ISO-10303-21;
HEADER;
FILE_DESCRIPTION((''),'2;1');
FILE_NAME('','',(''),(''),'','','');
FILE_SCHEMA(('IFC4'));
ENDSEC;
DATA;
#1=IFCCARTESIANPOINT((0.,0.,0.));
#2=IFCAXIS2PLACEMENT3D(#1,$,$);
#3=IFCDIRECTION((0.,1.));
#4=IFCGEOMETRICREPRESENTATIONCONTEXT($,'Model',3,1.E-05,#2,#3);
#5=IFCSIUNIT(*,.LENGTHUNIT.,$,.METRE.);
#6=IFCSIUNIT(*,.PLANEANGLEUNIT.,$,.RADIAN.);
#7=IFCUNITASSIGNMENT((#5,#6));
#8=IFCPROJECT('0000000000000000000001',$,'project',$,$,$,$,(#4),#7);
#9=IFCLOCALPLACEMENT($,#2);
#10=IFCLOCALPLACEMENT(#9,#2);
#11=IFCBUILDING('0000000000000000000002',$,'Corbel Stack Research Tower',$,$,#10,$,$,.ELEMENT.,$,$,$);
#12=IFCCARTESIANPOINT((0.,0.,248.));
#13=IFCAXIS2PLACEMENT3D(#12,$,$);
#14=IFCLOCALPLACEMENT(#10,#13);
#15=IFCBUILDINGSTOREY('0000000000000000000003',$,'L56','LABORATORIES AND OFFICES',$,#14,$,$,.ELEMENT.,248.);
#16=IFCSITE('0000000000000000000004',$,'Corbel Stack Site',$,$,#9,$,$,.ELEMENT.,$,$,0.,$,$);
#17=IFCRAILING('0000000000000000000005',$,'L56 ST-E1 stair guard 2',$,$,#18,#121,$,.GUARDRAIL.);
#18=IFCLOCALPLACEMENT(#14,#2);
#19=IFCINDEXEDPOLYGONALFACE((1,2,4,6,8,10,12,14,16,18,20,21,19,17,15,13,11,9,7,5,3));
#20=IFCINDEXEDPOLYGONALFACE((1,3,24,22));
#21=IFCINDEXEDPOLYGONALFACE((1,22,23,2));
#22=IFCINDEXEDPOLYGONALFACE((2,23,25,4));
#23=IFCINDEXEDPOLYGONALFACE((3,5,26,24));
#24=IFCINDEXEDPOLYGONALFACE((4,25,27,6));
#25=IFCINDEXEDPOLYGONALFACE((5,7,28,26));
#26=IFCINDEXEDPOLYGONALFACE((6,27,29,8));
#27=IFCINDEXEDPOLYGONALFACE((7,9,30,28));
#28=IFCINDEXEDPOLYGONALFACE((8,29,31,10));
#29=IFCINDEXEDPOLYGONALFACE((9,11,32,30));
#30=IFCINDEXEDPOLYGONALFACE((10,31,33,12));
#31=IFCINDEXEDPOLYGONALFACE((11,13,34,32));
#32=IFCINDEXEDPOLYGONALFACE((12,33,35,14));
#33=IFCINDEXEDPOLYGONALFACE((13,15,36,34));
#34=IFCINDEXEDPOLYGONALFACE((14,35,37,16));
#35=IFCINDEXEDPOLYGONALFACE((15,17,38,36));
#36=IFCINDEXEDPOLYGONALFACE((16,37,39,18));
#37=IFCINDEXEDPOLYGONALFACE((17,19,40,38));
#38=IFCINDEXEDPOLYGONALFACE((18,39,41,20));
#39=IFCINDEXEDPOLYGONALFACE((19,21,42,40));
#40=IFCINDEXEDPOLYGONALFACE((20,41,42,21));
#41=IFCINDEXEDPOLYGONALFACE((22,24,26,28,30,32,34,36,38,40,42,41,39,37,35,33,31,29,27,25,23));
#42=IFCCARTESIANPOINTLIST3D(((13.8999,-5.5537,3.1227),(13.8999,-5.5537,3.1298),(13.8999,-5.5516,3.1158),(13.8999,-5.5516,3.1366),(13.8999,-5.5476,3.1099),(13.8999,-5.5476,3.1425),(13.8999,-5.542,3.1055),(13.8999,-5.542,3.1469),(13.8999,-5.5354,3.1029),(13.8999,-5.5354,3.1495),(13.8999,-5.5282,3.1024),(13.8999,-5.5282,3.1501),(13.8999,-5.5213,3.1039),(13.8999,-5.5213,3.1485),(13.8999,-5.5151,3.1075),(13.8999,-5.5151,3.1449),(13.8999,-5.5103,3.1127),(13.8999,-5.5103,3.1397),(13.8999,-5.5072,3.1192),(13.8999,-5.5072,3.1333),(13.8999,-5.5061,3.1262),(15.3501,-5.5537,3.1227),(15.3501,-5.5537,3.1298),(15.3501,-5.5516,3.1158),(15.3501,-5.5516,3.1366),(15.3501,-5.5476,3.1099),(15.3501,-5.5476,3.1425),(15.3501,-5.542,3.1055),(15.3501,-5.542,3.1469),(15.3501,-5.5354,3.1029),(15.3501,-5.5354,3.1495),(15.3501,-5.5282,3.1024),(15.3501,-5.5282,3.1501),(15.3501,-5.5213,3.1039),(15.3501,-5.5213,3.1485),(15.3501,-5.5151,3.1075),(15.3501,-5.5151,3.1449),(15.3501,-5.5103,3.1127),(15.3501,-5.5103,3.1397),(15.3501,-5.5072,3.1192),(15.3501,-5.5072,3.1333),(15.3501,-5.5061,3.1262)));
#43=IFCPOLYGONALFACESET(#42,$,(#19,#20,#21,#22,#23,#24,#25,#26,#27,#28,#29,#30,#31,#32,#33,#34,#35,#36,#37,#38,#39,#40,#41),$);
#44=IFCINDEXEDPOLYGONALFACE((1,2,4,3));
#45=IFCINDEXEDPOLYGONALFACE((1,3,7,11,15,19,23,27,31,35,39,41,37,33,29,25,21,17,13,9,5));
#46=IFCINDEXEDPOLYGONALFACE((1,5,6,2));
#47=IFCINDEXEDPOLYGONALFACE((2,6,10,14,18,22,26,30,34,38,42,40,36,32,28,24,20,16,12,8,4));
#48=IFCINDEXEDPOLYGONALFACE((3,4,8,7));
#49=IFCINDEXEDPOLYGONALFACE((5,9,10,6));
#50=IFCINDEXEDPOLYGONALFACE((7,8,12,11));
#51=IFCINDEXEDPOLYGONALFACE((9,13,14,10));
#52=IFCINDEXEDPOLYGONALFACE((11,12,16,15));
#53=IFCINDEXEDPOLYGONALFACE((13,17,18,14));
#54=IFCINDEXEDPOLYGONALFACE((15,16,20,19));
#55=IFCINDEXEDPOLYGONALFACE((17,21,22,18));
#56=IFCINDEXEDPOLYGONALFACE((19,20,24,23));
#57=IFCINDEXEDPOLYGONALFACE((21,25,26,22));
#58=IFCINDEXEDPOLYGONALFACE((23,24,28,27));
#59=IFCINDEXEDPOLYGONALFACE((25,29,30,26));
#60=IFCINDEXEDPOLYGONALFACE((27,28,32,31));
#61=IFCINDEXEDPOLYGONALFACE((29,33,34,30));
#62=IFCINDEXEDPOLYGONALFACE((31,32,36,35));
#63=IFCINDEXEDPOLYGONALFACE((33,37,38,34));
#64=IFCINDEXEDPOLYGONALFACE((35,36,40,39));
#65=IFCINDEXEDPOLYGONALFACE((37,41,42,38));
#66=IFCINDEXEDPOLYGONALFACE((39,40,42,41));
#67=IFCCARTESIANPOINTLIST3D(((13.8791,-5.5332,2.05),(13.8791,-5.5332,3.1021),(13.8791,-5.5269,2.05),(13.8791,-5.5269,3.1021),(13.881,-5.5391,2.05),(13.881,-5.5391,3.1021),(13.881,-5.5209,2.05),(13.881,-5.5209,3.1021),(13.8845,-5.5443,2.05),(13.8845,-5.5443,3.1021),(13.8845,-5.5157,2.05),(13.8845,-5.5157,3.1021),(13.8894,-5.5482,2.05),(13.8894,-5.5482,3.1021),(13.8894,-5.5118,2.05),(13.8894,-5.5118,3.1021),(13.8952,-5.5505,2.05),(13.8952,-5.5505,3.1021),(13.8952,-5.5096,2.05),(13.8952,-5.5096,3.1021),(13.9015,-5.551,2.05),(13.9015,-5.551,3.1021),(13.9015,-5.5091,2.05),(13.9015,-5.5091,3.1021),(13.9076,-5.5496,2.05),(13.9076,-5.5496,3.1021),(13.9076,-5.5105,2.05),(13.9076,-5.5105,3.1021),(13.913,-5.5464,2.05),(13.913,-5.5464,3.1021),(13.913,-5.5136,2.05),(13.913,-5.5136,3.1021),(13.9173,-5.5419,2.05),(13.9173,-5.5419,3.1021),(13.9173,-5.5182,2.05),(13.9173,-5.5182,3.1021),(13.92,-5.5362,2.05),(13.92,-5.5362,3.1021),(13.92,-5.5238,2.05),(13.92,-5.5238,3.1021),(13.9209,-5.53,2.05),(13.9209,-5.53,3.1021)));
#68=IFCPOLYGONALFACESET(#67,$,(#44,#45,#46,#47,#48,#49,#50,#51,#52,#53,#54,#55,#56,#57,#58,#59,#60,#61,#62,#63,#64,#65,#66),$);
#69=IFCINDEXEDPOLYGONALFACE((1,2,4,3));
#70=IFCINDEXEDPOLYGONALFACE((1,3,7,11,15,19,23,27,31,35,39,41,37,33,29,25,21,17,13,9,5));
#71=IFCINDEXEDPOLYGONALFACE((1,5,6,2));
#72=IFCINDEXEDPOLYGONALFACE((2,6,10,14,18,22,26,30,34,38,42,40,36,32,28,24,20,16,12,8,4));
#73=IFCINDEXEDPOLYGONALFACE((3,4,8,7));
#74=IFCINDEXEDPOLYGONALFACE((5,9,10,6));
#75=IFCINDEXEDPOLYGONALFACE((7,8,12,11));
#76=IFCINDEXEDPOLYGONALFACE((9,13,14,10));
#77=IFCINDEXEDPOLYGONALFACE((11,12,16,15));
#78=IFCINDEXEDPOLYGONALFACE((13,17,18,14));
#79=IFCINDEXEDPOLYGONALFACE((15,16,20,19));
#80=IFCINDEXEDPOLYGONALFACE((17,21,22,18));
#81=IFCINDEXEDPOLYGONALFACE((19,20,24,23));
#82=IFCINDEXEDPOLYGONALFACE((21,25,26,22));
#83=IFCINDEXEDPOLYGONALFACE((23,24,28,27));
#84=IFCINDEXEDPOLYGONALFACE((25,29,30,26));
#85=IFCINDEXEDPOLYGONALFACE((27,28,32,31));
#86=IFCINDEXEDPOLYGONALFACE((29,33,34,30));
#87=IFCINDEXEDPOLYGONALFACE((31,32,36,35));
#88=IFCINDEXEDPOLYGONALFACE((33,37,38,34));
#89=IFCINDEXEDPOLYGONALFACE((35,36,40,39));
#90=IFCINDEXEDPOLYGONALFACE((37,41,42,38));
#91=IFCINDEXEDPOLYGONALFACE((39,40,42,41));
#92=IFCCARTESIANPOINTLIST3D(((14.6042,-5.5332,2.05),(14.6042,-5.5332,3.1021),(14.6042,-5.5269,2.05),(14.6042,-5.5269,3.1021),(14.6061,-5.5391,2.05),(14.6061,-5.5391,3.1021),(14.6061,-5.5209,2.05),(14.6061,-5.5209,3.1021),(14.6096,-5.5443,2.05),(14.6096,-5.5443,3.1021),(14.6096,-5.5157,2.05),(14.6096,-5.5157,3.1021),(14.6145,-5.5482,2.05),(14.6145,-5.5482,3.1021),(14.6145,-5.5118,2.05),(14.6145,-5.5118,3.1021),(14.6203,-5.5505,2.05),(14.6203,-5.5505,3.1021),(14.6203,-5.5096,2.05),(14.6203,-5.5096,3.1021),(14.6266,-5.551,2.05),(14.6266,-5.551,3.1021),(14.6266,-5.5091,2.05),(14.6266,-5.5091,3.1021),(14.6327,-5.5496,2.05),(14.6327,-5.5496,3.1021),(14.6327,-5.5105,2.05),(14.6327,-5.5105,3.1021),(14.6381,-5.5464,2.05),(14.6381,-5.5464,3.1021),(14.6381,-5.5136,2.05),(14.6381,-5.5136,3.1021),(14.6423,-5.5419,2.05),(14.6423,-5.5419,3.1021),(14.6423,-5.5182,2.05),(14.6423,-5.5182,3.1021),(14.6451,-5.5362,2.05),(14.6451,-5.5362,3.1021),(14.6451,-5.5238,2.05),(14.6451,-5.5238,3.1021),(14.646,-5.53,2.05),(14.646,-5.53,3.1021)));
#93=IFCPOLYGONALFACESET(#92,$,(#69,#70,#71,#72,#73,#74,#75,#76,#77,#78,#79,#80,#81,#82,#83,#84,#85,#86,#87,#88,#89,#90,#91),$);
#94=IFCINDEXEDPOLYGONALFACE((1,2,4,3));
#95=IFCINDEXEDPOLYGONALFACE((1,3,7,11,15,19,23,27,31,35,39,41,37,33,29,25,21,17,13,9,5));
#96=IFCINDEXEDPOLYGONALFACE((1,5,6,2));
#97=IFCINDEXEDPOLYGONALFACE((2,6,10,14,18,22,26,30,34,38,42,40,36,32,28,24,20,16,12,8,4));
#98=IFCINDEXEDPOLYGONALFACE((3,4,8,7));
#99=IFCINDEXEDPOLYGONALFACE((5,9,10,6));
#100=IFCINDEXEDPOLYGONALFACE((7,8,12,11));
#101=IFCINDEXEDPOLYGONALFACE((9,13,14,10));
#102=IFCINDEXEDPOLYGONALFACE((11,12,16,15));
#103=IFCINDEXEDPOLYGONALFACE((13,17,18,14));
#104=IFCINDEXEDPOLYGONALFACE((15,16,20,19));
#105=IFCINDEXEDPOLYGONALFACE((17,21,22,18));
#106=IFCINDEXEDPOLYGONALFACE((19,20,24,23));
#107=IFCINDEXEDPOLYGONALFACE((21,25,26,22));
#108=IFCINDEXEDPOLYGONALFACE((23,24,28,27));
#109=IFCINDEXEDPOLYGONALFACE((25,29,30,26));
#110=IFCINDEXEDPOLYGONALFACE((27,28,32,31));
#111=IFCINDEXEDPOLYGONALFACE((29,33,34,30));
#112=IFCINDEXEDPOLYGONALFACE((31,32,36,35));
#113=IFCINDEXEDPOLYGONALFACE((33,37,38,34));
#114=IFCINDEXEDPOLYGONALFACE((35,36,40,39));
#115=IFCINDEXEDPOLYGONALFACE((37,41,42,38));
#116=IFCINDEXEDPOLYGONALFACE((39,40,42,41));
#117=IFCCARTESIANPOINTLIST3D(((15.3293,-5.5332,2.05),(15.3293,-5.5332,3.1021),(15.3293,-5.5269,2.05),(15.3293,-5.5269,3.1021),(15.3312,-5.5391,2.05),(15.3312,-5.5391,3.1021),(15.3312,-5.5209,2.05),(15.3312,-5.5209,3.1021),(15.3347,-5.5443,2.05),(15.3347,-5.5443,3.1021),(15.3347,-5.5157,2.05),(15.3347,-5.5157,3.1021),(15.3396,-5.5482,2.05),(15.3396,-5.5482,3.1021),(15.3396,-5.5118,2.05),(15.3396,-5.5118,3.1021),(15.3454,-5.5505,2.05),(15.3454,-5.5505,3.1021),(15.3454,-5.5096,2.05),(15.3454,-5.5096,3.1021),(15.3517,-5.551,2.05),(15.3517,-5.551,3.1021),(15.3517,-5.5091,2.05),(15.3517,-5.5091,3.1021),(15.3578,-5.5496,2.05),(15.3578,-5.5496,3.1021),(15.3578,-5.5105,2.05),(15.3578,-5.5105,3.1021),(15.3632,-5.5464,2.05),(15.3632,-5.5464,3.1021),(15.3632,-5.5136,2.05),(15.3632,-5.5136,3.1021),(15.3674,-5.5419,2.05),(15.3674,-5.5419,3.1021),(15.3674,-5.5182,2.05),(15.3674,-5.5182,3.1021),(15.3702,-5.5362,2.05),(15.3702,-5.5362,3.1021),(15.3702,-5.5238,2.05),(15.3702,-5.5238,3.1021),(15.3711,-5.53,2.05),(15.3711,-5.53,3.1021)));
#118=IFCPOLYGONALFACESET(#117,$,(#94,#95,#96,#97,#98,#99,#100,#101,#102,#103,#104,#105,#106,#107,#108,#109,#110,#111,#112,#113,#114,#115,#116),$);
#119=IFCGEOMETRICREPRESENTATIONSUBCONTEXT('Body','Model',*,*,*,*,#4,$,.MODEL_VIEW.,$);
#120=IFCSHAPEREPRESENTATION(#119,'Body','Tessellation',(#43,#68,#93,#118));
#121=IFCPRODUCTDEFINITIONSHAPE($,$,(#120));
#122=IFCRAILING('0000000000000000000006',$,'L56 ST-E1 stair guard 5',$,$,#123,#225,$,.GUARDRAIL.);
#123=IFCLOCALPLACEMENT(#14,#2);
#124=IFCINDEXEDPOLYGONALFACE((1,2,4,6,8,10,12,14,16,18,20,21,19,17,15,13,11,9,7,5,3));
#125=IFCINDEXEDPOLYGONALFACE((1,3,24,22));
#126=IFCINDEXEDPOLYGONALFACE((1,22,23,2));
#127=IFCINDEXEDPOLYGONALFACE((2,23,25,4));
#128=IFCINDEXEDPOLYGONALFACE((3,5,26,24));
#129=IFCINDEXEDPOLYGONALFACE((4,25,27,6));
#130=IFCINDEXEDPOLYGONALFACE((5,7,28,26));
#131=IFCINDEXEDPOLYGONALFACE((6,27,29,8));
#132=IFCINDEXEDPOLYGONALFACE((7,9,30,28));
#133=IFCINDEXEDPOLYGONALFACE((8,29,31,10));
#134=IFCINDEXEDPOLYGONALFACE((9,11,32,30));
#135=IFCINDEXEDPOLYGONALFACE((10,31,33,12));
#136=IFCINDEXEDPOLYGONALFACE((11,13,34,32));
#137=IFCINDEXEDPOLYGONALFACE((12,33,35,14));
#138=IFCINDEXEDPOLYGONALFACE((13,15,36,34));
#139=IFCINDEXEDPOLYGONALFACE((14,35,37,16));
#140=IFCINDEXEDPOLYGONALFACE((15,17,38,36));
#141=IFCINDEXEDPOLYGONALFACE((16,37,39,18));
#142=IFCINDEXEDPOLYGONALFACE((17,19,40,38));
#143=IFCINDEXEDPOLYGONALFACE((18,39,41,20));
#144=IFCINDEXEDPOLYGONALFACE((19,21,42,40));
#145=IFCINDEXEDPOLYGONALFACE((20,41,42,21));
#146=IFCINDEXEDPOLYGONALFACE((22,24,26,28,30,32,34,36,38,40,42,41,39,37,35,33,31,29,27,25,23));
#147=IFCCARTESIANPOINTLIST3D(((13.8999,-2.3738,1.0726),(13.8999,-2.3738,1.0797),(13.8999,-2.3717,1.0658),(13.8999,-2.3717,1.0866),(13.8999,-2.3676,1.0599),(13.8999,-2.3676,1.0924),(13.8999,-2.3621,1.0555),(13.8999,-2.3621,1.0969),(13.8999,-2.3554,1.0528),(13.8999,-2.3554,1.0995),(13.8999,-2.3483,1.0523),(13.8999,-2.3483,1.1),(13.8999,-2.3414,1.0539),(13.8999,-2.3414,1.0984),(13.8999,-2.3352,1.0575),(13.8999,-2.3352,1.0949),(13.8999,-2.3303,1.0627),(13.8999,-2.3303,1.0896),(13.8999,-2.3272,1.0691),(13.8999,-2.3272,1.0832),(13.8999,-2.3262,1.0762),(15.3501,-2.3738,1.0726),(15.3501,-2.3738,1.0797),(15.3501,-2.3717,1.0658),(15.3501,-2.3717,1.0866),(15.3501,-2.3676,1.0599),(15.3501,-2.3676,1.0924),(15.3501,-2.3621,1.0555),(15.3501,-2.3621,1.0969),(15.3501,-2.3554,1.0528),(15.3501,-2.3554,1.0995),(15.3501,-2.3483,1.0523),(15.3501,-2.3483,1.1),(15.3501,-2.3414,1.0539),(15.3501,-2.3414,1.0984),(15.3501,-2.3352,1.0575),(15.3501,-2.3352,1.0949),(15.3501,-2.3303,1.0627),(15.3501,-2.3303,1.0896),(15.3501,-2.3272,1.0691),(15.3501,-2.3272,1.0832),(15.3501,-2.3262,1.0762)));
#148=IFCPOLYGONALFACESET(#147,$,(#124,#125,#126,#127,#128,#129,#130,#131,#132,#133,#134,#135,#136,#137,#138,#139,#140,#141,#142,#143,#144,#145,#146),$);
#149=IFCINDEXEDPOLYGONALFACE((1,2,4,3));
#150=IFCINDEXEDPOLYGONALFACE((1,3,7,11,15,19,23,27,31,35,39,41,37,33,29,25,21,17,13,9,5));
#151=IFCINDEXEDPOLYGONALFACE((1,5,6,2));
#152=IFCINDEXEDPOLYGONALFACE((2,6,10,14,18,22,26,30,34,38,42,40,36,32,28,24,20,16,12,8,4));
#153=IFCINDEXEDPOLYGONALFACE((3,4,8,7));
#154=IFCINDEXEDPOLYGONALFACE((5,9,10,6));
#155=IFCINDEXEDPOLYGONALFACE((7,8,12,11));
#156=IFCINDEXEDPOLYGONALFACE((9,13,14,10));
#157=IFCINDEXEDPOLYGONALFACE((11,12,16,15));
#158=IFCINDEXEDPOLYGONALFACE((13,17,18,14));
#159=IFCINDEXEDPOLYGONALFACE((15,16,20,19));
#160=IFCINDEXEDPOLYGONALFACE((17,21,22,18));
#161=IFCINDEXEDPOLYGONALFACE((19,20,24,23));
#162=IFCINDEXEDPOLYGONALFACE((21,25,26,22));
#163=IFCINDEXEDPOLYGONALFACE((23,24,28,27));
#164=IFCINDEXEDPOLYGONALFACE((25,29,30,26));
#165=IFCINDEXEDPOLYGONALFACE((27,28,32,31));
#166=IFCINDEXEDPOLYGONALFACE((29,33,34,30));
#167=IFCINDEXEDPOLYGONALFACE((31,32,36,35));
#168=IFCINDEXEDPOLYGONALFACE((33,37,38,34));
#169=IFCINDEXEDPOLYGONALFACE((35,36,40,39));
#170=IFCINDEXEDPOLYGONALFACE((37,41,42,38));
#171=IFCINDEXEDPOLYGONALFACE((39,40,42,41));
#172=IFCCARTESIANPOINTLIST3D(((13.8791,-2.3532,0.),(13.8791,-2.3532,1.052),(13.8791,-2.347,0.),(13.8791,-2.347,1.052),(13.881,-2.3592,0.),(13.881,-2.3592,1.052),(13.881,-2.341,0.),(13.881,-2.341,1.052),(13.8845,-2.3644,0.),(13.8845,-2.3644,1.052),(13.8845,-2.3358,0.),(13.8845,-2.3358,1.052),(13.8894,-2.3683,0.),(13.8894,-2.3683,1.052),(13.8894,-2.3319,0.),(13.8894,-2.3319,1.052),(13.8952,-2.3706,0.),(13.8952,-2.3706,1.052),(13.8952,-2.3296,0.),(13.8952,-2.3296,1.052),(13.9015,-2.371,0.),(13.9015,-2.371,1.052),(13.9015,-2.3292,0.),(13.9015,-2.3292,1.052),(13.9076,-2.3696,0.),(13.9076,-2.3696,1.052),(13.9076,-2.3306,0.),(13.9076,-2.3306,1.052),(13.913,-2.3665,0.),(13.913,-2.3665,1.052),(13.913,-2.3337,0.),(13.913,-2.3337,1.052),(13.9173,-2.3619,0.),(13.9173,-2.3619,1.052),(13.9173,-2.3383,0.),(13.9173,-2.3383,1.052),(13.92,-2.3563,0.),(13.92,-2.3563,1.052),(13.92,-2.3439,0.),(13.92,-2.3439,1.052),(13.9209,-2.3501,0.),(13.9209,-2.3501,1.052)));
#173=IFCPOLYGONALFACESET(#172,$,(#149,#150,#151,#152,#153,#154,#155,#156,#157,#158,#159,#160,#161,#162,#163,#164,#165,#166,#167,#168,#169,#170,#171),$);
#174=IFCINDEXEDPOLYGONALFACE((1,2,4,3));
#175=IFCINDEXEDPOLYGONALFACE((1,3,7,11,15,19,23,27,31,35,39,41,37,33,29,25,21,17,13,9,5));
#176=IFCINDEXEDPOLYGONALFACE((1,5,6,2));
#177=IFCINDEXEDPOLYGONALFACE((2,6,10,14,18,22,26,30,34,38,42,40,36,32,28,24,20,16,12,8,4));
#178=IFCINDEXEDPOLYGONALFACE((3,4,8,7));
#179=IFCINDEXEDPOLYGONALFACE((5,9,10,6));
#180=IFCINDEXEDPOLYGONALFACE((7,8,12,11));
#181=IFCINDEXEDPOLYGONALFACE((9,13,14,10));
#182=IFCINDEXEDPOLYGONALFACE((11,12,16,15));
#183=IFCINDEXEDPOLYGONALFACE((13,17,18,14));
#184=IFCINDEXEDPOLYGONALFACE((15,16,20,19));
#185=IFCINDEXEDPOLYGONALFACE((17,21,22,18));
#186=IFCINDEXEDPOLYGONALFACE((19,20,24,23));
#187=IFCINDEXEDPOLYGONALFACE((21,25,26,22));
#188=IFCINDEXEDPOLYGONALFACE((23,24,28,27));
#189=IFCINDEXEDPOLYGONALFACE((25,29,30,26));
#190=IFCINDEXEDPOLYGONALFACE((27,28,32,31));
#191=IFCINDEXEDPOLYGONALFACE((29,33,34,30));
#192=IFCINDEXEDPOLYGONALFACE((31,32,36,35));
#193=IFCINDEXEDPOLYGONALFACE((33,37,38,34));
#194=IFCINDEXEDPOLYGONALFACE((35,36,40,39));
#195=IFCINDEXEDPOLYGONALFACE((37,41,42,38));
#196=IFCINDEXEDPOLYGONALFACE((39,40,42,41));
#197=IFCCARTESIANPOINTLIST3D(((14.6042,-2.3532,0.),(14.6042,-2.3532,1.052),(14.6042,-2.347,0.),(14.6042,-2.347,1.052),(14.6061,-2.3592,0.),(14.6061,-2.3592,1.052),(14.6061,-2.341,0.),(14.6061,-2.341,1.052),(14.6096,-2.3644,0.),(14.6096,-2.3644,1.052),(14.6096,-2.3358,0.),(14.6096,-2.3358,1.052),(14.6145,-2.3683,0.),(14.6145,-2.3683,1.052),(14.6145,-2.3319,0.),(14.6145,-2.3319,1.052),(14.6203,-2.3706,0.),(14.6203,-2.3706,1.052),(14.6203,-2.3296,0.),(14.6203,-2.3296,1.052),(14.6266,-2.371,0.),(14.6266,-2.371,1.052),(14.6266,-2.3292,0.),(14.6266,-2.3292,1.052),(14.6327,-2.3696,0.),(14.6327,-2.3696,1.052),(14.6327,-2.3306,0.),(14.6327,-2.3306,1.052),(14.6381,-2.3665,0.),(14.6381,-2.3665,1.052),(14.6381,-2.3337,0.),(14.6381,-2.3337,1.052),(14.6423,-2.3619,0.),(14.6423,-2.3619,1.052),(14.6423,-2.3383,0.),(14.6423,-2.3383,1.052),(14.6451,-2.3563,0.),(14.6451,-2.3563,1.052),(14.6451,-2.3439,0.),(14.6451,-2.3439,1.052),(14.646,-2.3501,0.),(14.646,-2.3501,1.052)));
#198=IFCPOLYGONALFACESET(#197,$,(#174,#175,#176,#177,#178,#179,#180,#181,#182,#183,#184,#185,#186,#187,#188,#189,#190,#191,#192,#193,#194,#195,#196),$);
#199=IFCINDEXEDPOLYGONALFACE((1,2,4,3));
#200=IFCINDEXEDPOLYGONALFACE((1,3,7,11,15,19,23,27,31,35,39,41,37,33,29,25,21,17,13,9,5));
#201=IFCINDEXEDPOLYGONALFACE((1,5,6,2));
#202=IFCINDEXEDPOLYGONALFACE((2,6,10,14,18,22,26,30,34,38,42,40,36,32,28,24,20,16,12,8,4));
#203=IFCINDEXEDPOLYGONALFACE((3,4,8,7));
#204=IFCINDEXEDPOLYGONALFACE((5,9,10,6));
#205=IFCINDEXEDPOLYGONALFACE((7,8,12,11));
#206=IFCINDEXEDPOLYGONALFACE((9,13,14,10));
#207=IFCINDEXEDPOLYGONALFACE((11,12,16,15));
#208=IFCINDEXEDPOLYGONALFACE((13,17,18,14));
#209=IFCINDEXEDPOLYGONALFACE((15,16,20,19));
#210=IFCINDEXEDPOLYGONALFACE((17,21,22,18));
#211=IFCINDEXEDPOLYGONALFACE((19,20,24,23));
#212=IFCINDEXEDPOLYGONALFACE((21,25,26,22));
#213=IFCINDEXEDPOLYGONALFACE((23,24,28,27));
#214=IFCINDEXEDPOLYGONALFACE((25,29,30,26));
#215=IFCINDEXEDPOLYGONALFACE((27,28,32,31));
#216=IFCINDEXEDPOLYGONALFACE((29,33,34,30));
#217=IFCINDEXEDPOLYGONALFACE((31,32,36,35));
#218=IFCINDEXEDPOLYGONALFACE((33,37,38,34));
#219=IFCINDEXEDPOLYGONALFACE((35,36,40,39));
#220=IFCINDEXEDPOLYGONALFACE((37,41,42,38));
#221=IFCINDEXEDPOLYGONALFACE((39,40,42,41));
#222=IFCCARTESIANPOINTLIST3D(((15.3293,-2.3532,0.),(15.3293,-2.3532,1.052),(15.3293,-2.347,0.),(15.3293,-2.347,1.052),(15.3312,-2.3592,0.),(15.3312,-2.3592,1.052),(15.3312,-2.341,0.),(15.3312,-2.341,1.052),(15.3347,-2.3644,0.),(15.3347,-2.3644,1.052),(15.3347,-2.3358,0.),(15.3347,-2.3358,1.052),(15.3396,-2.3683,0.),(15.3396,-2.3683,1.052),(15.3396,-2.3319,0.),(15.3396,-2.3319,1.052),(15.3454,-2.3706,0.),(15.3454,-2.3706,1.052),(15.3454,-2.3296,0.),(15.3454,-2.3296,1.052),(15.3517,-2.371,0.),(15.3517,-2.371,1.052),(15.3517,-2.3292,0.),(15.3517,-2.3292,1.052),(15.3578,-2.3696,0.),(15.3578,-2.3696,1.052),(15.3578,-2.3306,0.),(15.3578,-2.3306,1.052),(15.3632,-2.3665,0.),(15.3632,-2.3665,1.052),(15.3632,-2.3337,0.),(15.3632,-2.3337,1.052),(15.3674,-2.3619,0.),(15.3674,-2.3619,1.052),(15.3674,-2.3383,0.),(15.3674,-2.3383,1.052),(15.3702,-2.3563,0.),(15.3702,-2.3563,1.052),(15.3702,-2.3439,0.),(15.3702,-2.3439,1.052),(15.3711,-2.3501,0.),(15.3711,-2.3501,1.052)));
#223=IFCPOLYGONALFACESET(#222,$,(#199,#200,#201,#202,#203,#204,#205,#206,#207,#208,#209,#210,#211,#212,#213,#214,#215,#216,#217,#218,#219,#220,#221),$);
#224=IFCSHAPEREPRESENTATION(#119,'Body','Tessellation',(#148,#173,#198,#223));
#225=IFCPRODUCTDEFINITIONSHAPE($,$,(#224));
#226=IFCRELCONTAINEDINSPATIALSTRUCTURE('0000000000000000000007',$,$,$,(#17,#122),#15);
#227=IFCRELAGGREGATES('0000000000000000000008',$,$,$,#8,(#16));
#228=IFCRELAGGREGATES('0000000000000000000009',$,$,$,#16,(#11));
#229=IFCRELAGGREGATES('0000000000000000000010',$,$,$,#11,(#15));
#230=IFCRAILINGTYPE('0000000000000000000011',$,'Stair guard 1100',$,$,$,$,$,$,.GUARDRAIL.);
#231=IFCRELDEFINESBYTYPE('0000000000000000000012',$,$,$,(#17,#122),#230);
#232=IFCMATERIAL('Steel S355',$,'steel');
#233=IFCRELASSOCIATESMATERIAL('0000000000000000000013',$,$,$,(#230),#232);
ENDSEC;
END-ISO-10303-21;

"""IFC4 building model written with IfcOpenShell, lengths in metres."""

from ifc_helpers import new_model, si_unit, direction, frame, origin, origin_2d, place, context, subcontext, project, spatial, circle, extrude, material, type_object, element, save


model = new_model("IFC4")

# Units and contexts
model_context = context("Model", 3, precision=1e-05, world=origin(), true_north=direction((0.0, 1.0)))
body_context = subcontext(model_context, "Body", "Model", "MODEL_VIEW")
ifc_project = project(units=[si_unit("LENGTHUNIT", "METRE"), si_unit("PLANEANGLEUNIT", "RADIAN")], contexts=[model_context])

# Site, building, storey
site_placement = place(None, origin())
site = spatial("IfcSite", under=ifc_project, at=site_placement, Name="Corbel Stack Site", CompositionType="ELEMENT", RefElevation=0.0)
building_placement = place(site_placement, origin())
building = spatial("IfcBuilding", under=site, at=building_placement, Name="Corbel Stack Research Tower", CompositionType="ELEMENT")
storey_placement = place(building_placement, frame((0.0, 0.0, 248.0)))
storey = spatial("IfcBuildingStorey", under=building, at=storey_placement, Name="L56", Description="LABORATORIES AND OFFICES", CompositionType="ELEMENT", Elevation=248.0)

# Railings
ifc_material_1 = material(Name="Steel S355", Category="steel")
railing_type_1 = type_object("IfcRailingType", Name="Stair guard 1100", PredefinedType="GUARDRAIL", material=ifc_material_1)
for number, where, name in (
    (1, (13.8999, -5.53, 2.05), "L56 ST-E1 stair guard 2"),
    (2, (13.8999, -2.3501, 0.0), "L56 ST-E1 stair guard 5"),
):
    element("IfcRailing", number, at=place(storey_placement, frame(where)), inside=storey, type_object=railing_type_1, Name=name, PredefinedType="GUARDRAIL", context=body_context, shape_type="SweptSolid", body=[
        extrude(circle(Radius=0.0239, at=origin_2d()), frame((0.0, 0.0, 1.0762), z_axis=(1.0, 0.0, 0.0), x_axis=(0.0, 1.0, 0.0)), (0.0, 0.0, 1.0), 1.4502),
        extrude(circle(Radius=0.021, at=origin_2d()), origin(), (0.0, 0.0, 1.0), 1.052),
        extrude(circle(Radius=0.021, at=origin_2d()), frame((0.7251, 0.0, 0.0)), (0.0, 0.0, 1.0), 1.052),
        extrude(circle(Radius=0.021, at=origin_2d()), frame((1.4502, 0.0, 0.0)), (0.0, 0.0, 1.0), 1.052),
    ])

save(model, "model.ifc")
